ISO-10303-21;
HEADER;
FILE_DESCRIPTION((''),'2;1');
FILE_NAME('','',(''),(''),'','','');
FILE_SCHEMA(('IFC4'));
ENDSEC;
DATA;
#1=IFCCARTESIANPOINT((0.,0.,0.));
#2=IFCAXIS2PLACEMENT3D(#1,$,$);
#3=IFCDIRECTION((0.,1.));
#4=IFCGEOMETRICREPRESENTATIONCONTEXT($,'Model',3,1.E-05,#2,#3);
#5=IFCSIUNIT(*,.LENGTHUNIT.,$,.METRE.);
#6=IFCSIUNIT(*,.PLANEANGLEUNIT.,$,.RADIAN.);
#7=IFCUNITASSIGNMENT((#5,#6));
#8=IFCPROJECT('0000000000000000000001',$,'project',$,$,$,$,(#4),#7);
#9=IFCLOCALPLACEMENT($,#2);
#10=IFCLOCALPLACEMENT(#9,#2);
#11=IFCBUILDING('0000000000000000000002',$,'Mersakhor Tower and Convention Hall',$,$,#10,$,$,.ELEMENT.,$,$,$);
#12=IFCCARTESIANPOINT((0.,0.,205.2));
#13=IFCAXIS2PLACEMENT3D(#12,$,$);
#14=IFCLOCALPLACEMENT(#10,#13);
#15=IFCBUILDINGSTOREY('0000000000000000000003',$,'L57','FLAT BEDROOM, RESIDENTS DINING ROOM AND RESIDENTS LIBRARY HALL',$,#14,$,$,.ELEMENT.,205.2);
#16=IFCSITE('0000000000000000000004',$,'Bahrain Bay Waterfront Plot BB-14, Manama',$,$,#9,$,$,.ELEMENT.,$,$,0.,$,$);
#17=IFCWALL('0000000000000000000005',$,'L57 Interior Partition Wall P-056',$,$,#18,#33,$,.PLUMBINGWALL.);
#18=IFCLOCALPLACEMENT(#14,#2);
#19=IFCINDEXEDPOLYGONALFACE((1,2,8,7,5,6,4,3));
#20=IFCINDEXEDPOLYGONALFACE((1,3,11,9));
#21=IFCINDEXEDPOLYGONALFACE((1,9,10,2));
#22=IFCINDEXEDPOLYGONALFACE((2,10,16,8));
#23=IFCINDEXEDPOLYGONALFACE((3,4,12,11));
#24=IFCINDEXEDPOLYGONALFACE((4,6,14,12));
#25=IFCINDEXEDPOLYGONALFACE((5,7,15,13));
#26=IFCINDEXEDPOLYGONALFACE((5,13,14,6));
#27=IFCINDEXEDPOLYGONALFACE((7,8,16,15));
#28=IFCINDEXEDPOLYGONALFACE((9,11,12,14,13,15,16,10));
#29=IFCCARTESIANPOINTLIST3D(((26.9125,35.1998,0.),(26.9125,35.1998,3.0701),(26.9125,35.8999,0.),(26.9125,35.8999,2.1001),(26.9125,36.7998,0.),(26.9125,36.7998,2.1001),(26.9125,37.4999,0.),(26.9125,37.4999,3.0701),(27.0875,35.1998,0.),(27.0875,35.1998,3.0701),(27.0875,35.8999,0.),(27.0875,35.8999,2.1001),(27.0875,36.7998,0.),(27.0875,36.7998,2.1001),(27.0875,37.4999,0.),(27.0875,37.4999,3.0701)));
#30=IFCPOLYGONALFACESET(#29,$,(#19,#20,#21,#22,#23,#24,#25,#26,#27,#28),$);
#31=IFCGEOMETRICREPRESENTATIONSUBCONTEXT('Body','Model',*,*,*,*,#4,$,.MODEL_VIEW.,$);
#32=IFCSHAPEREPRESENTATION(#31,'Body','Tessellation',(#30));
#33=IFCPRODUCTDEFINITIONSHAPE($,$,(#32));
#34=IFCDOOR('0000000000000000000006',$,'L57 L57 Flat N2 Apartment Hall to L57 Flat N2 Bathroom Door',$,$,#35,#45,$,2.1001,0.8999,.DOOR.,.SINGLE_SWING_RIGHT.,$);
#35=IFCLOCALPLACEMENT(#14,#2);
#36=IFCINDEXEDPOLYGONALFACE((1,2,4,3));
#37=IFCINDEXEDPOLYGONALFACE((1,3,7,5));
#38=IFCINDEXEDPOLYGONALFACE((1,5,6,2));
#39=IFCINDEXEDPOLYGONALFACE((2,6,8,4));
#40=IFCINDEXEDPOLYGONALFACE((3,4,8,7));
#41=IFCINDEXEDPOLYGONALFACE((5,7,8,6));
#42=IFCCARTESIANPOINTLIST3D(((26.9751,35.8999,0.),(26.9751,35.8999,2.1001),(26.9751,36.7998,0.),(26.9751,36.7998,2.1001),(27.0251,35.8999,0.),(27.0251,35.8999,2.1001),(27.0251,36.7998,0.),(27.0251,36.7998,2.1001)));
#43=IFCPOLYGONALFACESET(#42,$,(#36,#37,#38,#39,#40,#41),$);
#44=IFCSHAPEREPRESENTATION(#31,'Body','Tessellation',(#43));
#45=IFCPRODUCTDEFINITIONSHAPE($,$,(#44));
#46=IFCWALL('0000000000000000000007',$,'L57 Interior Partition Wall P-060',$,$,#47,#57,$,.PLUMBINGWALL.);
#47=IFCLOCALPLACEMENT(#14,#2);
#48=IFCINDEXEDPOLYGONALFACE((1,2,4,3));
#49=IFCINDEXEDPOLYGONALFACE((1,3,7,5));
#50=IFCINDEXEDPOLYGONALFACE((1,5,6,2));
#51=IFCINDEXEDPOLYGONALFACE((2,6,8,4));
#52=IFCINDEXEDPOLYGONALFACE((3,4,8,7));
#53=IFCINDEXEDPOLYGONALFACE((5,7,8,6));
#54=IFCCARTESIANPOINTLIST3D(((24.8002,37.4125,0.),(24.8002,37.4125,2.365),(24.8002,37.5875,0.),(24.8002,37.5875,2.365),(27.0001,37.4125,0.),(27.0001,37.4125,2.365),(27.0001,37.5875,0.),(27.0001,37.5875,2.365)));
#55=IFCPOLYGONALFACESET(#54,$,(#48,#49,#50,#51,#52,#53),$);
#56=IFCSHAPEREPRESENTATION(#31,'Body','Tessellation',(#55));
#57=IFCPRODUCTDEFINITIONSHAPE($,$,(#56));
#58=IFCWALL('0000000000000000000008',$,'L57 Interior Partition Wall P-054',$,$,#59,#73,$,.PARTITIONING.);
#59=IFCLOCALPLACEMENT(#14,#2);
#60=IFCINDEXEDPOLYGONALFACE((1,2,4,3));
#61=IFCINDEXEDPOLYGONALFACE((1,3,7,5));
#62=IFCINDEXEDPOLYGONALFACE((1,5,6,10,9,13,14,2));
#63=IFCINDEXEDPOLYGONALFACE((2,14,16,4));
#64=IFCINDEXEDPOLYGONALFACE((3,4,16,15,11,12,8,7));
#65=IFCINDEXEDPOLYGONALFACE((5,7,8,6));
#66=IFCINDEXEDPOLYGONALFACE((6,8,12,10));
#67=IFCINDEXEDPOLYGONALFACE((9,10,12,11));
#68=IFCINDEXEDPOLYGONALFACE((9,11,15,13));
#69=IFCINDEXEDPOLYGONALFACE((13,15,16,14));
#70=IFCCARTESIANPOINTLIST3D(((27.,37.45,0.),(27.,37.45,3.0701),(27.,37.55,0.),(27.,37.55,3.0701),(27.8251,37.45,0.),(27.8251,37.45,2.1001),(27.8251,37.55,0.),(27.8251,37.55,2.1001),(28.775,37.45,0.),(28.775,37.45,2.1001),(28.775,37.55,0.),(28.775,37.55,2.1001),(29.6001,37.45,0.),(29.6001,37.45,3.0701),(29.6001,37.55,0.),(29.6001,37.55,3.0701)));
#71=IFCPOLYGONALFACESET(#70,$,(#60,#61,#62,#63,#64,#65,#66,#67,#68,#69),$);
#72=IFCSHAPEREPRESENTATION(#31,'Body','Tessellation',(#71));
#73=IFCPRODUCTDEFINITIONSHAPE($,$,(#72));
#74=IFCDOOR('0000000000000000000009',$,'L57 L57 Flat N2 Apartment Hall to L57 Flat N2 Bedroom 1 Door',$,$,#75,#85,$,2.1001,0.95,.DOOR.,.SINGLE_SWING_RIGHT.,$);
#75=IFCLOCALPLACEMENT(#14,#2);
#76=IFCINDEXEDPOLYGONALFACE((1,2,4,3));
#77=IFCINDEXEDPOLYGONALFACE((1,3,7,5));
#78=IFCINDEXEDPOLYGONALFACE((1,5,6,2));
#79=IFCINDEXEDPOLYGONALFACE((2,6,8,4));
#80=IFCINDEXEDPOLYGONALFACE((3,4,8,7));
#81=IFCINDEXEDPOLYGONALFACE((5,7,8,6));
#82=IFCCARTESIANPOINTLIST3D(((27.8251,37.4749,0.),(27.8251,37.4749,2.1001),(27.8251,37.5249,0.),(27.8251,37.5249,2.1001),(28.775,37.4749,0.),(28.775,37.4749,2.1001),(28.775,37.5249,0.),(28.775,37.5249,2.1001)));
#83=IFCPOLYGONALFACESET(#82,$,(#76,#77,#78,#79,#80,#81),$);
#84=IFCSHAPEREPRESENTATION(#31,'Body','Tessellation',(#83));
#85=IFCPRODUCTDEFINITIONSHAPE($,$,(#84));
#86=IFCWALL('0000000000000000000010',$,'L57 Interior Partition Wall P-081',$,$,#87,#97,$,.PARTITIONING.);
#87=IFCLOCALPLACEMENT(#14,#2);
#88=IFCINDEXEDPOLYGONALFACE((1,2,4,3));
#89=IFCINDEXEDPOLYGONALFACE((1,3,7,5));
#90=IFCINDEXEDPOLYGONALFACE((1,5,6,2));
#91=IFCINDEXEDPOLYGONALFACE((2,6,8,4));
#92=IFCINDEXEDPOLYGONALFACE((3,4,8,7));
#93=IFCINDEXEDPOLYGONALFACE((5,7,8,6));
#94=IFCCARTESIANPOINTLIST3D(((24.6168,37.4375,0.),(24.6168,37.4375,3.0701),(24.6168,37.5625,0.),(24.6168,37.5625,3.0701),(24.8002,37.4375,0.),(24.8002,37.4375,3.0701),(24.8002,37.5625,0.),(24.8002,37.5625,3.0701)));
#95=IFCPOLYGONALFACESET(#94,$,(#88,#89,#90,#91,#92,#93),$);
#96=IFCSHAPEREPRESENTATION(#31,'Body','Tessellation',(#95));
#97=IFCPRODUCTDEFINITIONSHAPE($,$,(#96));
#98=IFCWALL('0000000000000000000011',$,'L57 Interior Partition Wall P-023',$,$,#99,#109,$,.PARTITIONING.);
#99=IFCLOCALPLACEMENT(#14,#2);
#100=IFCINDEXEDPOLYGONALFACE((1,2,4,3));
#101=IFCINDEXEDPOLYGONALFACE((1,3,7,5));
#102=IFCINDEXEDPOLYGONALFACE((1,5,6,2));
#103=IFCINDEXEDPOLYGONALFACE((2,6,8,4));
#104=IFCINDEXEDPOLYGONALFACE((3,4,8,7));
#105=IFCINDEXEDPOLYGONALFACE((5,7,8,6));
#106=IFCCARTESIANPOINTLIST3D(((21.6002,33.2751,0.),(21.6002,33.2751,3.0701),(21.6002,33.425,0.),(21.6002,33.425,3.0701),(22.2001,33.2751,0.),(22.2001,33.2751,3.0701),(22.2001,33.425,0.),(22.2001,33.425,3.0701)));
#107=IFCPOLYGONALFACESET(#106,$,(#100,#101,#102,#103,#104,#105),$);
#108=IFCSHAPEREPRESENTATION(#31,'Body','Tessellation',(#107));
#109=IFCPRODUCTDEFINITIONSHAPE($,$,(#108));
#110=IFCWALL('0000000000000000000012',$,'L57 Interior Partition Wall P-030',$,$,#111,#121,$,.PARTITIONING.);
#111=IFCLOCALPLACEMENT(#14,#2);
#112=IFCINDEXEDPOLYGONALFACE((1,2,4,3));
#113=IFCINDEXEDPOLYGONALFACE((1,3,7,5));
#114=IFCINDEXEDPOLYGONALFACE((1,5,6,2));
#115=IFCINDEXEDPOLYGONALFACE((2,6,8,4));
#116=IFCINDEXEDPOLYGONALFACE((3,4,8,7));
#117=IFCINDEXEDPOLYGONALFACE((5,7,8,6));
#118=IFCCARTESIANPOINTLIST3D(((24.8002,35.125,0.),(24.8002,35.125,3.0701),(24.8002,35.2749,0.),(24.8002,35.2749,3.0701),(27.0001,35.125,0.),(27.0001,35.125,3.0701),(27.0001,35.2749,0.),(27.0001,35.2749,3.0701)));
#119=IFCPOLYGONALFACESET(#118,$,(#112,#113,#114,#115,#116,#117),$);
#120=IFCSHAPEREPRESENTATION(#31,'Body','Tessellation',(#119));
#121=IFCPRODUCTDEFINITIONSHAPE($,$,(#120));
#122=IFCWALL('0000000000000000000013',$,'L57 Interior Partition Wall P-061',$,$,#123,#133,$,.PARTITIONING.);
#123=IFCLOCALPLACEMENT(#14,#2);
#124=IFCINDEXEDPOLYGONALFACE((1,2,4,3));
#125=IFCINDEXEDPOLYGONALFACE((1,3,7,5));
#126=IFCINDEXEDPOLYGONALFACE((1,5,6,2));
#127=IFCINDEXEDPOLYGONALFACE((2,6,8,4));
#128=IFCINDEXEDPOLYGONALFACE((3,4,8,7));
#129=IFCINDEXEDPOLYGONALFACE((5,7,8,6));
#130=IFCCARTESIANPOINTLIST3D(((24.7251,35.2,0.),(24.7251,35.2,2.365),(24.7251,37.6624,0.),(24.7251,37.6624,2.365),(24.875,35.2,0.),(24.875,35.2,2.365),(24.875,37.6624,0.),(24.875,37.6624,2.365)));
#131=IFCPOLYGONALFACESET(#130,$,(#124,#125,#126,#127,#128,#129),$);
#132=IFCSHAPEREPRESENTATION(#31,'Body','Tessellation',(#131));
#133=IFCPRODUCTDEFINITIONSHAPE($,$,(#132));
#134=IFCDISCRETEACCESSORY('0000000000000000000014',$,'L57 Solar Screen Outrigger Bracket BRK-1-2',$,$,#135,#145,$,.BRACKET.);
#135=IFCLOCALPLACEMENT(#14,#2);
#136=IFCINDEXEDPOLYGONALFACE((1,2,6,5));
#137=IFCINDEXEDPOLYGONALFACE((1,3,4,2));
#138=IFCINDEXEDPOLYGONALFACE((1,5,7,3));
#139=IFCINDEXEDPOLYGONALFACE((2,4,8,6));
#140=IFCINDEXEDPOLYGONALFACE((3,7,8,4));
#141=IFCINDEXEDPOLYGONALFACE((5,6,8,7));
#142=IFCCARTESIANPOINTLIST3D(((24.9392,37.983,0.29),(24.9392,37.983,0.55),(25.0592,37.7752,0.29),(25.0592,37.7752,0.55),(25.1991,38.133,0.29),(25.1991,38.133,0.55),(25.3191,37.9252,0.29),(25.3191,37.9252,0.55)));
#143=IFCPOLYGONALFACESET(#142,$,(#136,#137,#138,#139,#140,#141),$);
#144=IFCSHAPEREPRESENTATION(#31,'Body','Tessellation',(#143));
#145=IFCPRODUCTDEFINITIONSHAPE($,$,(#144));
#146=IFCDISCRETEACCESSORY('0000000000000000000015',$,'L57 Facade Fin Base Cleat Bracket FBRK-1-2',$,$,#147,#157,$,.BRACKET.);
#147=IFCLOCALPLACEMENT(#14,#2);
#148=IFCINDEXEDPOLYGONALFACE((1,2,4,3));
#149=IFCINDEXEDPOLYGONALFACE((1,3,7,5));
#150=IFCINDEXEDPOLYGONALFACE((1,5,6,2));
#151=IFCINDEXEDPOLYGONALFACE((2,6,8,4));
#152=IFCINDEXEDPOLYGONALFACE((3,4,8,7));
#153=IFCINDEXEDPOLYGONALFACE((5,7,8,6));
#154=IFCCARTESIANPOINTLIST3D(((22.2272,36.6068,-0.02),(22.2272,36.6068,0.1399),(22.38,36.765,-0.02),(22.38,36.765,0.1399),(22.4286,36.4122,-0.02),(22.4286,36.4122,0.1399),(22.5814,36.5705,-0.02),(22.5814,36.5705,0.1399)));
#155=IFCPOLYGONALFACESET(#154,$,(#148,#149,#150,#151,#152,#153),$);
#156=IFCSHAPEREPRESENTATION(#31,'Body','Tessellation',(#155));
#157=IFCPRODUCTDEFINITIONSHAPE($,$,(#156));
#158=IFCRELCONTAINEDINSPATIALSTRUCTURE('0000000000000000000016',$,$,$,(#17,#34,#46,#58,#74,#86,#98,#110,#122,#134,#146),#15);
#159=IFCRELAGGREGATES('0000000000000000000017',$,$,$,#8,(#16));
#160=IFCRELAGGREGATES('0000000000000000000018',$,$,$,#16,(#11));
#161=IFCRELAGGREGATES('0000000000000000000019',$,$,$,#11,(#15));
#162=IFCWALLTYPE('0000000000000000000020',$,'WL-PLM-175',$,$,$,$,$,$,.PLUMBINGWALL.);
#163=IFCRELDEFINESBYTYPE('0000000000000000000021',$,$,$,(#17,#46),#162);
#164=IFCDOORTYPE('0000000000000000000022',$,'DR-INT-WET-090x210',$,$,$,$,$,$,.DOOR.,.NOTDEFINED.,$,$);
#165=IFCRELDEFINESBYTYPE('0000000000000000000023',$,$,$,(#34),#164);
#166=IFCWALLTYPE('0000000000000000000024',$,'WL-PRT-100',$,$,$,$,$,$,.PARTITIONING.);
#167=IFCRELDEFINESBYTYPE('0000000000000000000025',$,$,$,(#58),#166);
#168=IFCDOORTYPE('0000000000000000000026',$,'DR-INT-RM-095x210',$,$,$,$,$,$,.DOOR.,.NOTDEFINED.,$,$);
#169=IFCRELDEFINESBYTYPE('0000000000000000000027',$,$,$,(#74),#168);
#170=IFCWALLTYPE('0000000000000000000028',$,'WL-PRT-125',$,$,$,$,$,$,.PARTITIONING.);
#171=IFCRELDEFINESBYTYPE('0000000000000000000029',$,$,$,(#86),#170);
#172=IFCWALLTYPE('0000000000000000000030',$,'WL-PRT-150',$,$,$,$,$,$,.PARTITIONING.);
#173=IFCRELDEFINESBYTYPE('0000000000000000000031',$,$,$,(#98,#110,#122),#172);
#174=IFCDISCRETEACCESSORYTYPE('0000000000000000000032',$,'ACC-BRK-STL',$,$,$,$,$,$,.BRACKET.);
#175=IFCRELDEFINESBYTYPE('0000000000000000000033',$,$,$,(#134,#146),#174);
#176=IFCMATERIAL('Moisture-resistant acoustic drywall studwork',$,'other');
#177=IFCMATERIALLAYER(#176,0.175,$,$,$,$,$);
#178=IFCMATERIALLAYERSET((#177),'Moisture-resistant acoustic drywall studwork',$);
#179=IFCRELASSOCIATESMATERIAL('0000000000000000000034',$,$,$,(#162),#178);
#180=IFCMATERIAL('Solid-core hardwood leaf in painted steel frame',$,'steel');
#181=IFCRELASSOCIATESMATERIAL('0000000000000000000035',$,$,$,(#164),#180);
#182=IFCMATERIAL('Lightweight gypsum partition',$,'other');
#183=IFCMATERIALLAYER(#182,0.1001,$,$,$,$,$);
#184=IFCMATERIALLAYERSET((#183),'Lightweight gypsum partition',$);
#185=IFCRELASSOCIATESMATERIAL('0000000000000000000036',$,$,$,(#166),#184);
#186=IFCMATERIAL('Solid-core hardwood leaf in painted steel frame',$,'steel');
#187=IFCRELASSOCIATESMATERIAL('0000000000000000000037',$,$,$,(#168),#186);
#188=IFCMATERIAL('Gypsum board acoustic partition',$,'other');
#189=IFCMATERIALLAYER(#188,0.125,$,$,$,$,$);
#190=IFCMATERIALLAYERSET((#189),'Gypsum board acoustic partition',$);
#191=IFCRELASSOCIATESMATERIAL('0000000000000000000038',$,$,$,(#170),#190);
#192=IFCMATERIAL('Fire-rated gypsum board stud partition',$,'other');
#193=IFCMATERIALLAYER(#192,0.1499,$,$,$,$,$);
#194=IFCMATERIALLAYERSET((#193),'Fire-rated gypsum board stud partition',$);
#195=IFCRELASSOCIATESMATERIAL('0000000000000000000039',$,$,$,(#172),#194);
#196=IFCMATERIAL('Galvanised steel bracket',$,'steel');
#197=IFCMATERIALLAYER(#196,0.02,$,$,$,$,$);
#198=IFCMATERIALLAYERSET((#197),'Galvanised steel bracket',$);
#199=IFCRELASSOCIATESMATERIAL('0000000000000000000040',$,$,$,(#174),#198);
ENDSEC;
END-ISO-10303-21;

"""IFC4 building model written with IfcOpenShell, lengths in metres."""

from ifc_helpers import new_model, si_unit, direction, frame, frame_2d, origin, origin_2d, place, context, subcontext, project, spatial, rectangle, extrude, material, layer, layer_set, type_object, element, fill, save


model = new_model("IFC4")

# Units and contexts
model_context = context("Model", 3, precision=1e-05, world=origin(), true_north=direction((0.0, 1.0)))
body_context = subcontext(model_context, "Body", "Model", "MODEL_VIEW")
ifc_project = project(units=[si_unit("LENGTHUNIT", "METRE"), si_unit("PLANEANGLEUNIT", "RADIAN")], contexts=[model_context])

# Site, building, storey
site_placement = place(None, origin())
site = spatial("IfcSite", under=ifc_project, at=site_placement, Name="Bahrain Bay Waterfront Plot BB-14, Manama", CompositionType="ELEMENT", RefElevation=0.0)
building_placement = place(site_placement, origin())
building = spatial("IfcBuilding", under=site, at=building_placement, Name="Mersakhor Tower and Convention Hall", CompositionType="ELEMENT")
storey_placement = place(building_placement, frame((0.0, 0.0, 205.2)))
storey = spatial("IfcBuildingStorey", under=building, at=storey_placement, Name="L57", Description="FLAT BEDROOM, RESIDENTS DINING ROOM AND RESIDENTS LIBRARY HALL", CompositionType="ELEMENT", Elevation=205.2)

# Wall, opening, door
ifc_material_1 = material(Name="Moisture-resistant acoustic drywall studwork", Category="other")
ifc_layer_1 = layer(ifc_material_1, 0.175)
ifc_layer_set_1 = layer_set([ifc_layer_1], Name="Moisture-resistant acoustic drywall studwork")
wall_type_1 = type_object("IfcWallType", Name="WL-PLM-175", PredefinedType="PLUMBINGWALL", material=ifc_layer_set_1)
wall_1_placement = place(storey_placement, frame((27.0, 35.2, 0.0), z_axis=(0.0, 0.0, 1.0), x_axis=(0.0, 1.0, 0.0)))
wall_1 = element("IfcWall", 1, at=wall_1_placement, inside=storey, type_object=wall_type_1, Name="L57 Interior Partition Wall P-056", PredefinedType="PLUMBINGWALL", context=body_context, shape_type="SweptSolid", body=[
    extrude(rectangle(XDim=2.3, YDim=0.175, at=frame_2d((1.1499, 0.0))), origin(), (0.0, 0.0, 1.0), 3.0701),
])
opening_1_placement = place(wall_1_placement, frame((0.7, 0.0, 0.0)))
opening_1 = element("IfcOpeningElement", 2, at=opening_1_placement, cuts=wall_1, PredefinedType="OPENING", context=body_context, shape_type="SweptSolid", body=[
    extrude(rectangle(XDim=0.8999, YDim=2.1001, at=frame_2d((0.45, 1.05))), frame((0.0, 0.0974, 0.0), z_axis=(0.0, -1.0, 0.0), x_axis=(1.0, 0.0, 0.0)), (0.0, 0.0, 1.0), 0.1951),
])
ifc_material_2 = material(Name="Solid-core hardwood leaf in painted steel frame", Category="steel")
door_type_1 = type_object("IfcDoorType", Name="DR-INT-WET-090x210", OperationType="NOTDEFINED", PredefinedType="DOOR", material=ifc_material_2)
door_1_placement = place(opening_1_placement, origin())
door_1 = element("IfcDoor", 3, at=door_1_placement, inside=storey, type_object=door_type_1, Name="L57 L57 Flat N2 Apartment Hall to L57 Flat N2 Bathroom Door", OperationType="SINGLE_SWING_RIGHT", OverallHeight=2.1001, OverallWidth=0.8999, PredefinedType="DOOR", context=body_context, shape_type="SweptSolid", body=[
    extrude(rectangle(XDim=0.8999, YDim=2.1001, at=frame_2d((0.45, 1.05))), frame((0.0, 0.0249, 0.0), z_axis=(0.0, -1.0, 0.0), x_axis=(1.0, 0.0, 0.0)), (0.0, 0.0, 1.0), 0.05),
])
fill(opening_1, door_1)

# Wall
wall_2_placement = place(storey_placement, frame((24.8, 37.5, 0.0), z_axis=(0.0, 0.0, 1.0), x_axis=(1.0, 0.0, 0.0)))
element("IfcWall", 4, at=wall_2_placement, inside=storey, type_object=wall_type_1, Name="L57 Interior Partition Wall P-060", PredefinedType="PLUMBINGWALL", context=body_context, shape_type="SweptSolid", body=[
    extrude(rectangle(XDim=2.2, YDim=0.175, at=frame_2d((1.1001, 0.0))), origin(), (0.0, 0.0, 1.0), 2.365),
])

# Wall, opening, door
ifc_material_3 = material(Name="Lightweight gypsum partition", Category="other")
ifc_layer_2 = layer(ifc_material_3, 0.1001)
ifc_layer_set_2 = layer_set([ifc_layer_2], Name="Lightweight gypsum partition")
wall_type_2 = type_object("IfcWallType", Name="WL-PRT-100", PredefinedType="PARTITIONING", material=ifc_layer_set_2)
wall_3_placement = place(storey_placement, frame((27.0, 37.5, 0.0), z_axis=(0.0, 0.0, 1.0), x_axis=(1.0, 0.0, 0.0)))
wall_3 = element("IfcWall", 5, at=wall_3_placement, inside=storey, type_object=wall_type_2, Name="L57 Interior Partition Wall P-054", PredefinedType="PARTITIONING", context=body_context, shape_type="SweptSolid", body=[
    extrude(rectangle(XDim=2.6001, YDim=0.1001, at=frame_2d((1.3, 0.0))), origin(), (0.0, 0.0, 1.0), 3.0701),
])
opening_2_placement = place(wall_3_placement, frame((0.825, 0.0, 0.0)))
opening_2 = element("IfcOpeningElement", 6, at=opening_2_placement, cuts=wall_3, PredefinedType="OPENING", context=body_context, shape_type="SweptSolid", body=[
    extrude(rectangle(XDim=0.95, YDim=2.1001, at=frame_2d((0.4751, 1.05))), frame((0.0, 0.0601, 0.0), z_axis=(0.0, -1.0, 0.0), x_axis=(1.0, 0.0, 0.0)), (0.0, 0.0, 1.0), 0.1201),
])
ifc_material_4 = material(Name="Solid-core hardwood leaf in painted steel frame", Category="steel")
door_type_2 = type_object("IfcDoorType", Name="DR-INT-RM-095x210", OperationType="NOTDEFINED", PredefinedType="DOOR", material=ifc_material_4)
door_2_placement = place(opening_2_placement, origin())
door_2 = element("IfcDoor", 7, at=door_2_placement, inside=storey, type_object=door_type_2, Name="L57 L57 Flat N2 Apartment Hall to L57 Flat N2 Bedroom 1 Door", OperationType="SINGLE_SWING_RIGHT", OverallHeight=2.1001, OverallWidth=0.95, PredefinedType="DOOR", context=body_context, shape_type="SweptSolid", body=[
    extrude(rectangle(XDim=0.95, YDim=2.1001, at=frame_2d((0.4751, 1.05))), frame((0.0, 0.0249, 0.0), z_axis=(0.0, -1.0, 0.0), x_axis=(1.0, 0.0, 0.0)), (0.0, 0.0, 1.0), 0.05),
])
fill(opening_2, door_2)

# Walls
ifc_material_5 = material(Name="Gypsum board acoustic partition", Category="other")
ifc_layer_3 = layer(ifc_material_5, 0.125)
ifc_layer_set_3 = layer_set([ifc_layer_3], Name="Gypsum board acoustic partition")
wall_type_3 = type_object("IfcWallType", Name="WL-PRT-125", PredefinedType="PARTITIONING", material=ifc_layer_set_3)
wall_4_placement = place(storey_placement, frame((24.6167, 37.5, 0.0), z_axis=(0.0, 0.0, 1.0), x_axis=(1.0, 0.0, 0.0)))
element("IfcWall", 8, at=wall_4_placement, inside=storey, type_object=wall_type_3, Name="L57 Interior Partition Wall P-081", PredefinedType="PARTITIONING", context=body_context, shape_type="SweptSolid", body=[
    extrude(rectangle(XDim=0.1833, YDim=0.125, at=frame_2d((0.0918, 0.0))), origin(), (0.0, 0.0, 1.0), 3.0701),
])
ifc_material_6 = material(Name="Fire-rated gypsum board stud partition", Category="other")
ifc_layer_4 = layer(ifc_material_6, 0.1499)
ifc_layer_set_4 = layer_set([ifc_layer_4], Name="Fire-rated gypsum board stud partition")
wall_type_4 = type_object("IfcWallType", Name="WL-PRT-150", PredefinedType="PARTITIONING", material=ifc_layer_set_4)
wall_5_placement = place(storey_placement, frame((22.2, 33.3501, 0.0), z_axis=(0.0, 0.0, 1.0), x_axis=(-1.0, 0.0, 0.0)))
element("IfcWall", 9, at=wall_5_placement, inside=storey, type_object=wall_type_4, Name="L57 Interior Partition Wall P-023", PredefinedType="PARTITIONING", context=body_context, shape_type="SweptSolid", body=[
    extrude(rectangle(XDim=0.5999, YDim=0.1499, at=frame_2d((0.2998, 0.0))), origin(), (0.0, 0.0, 1.0), 3.0701),
])
wall_6_placement = place(storey_placement, frame((24.8, 35.2, 0.0), z_axis=(0.0, 0.0, 1.0), x_axis=(1.0, 0.0, 0.0)))
element("IfcWall", 10, at=wall_6_placement, inside=storey, type_object=wall_type_4, Name="L57 Interior Partition Wall P-030", PredefinedType="PARTITIONING", context=body_context, shape_type="SweptSolid", body=[
    extrude(rectangle(XDim=2.2, YDim=0.1499, at=frame_2d((1.1001, 0.0))), origin(), (0.0, 0.0, 1.0), 3.0701),
])

# Wall
wall_7_placement = place(storey_placement, frame((24.8, 35.2, 0.0), z_axis=(0.0, 0.0, 1.0), x_axis=(0.0, 1.0, 0.0)))
element("IfcWall", 11, at=wall_7_placement, inside=storey, type_object=wall_type_4, Name="L57 Interior Partition Wall P-061", PredefinedType="PARTITIONING", context=body_context, shape_type="SweptSolid", body=[
    extrude(rectangle(XDim=2.4624, YDim=0.1499, at=frame_2d((1.2312, 0.0))), origin(), (0.0, 0.0, 1.0), 2.365),
])

# Discrete accessories
ifc_material_7 = material(Name="Galvanised steel bracket", Category="steel")
ifc_layer_5 = layer(ifc_material_7, 0.02)
ifc_layer_set_5 = layer_set([ifc_layer_5], Name="Galvanised steel bracket")
discrete_accessory_type = type_object("IfcDiscreteAccessoryType", Name="ACC-BRK-STL", PredefinedType="BRACKET", material=ifc_layer_set_5)
discrete_accessory_1_placement = place(storey_placement, frame((25.1292, 37.9541, 0.29), z_axis=(0.0, 0.0, 1.0), x_axis=(0.866025, 0.5, 0.0)))
element("IfcDiscreteAccessory", 12, at=discrete_accessory_1_placement, inside=storey, type_object=discrete_accessory_type, Name="L57 Solar Screen Outrigger Bracket BRK-1-2", PredefinedType="BRACKET", context=body_context, shape_type="SweptSolid", body=[
    extrude(rectangle(XDim=0.3, YDim=0.24, at=origin_2d()), origin(), (0.0, 0.0, 1.0), 0.26),
])
discrete_accessory_2_placement = place(storey_placement, frame((22.4043, 36.5886, -0.02), z_axis=(0.0, 0.0, 1.0), x_axis=(-0.71934, 0.694658, 0.0)))
element("IfcDiscreteAccessory", 13, at=discrete_accessory_2_placement, inside=storey, type_object=discrete_accessory_type, Name="L57 Facade Fin Base Cleat Bracket FBRK-1-2", PredefinedType="BRACKET", context=body_context, shape_type="SweptSolid", body=[
    extrude(rectangle(XDim=0.28, YDim=0.22, at=origin_2d()), origin(), (0.0, 0.0, 1.0), 0.1599),
])

save(model, "model.ifc")
